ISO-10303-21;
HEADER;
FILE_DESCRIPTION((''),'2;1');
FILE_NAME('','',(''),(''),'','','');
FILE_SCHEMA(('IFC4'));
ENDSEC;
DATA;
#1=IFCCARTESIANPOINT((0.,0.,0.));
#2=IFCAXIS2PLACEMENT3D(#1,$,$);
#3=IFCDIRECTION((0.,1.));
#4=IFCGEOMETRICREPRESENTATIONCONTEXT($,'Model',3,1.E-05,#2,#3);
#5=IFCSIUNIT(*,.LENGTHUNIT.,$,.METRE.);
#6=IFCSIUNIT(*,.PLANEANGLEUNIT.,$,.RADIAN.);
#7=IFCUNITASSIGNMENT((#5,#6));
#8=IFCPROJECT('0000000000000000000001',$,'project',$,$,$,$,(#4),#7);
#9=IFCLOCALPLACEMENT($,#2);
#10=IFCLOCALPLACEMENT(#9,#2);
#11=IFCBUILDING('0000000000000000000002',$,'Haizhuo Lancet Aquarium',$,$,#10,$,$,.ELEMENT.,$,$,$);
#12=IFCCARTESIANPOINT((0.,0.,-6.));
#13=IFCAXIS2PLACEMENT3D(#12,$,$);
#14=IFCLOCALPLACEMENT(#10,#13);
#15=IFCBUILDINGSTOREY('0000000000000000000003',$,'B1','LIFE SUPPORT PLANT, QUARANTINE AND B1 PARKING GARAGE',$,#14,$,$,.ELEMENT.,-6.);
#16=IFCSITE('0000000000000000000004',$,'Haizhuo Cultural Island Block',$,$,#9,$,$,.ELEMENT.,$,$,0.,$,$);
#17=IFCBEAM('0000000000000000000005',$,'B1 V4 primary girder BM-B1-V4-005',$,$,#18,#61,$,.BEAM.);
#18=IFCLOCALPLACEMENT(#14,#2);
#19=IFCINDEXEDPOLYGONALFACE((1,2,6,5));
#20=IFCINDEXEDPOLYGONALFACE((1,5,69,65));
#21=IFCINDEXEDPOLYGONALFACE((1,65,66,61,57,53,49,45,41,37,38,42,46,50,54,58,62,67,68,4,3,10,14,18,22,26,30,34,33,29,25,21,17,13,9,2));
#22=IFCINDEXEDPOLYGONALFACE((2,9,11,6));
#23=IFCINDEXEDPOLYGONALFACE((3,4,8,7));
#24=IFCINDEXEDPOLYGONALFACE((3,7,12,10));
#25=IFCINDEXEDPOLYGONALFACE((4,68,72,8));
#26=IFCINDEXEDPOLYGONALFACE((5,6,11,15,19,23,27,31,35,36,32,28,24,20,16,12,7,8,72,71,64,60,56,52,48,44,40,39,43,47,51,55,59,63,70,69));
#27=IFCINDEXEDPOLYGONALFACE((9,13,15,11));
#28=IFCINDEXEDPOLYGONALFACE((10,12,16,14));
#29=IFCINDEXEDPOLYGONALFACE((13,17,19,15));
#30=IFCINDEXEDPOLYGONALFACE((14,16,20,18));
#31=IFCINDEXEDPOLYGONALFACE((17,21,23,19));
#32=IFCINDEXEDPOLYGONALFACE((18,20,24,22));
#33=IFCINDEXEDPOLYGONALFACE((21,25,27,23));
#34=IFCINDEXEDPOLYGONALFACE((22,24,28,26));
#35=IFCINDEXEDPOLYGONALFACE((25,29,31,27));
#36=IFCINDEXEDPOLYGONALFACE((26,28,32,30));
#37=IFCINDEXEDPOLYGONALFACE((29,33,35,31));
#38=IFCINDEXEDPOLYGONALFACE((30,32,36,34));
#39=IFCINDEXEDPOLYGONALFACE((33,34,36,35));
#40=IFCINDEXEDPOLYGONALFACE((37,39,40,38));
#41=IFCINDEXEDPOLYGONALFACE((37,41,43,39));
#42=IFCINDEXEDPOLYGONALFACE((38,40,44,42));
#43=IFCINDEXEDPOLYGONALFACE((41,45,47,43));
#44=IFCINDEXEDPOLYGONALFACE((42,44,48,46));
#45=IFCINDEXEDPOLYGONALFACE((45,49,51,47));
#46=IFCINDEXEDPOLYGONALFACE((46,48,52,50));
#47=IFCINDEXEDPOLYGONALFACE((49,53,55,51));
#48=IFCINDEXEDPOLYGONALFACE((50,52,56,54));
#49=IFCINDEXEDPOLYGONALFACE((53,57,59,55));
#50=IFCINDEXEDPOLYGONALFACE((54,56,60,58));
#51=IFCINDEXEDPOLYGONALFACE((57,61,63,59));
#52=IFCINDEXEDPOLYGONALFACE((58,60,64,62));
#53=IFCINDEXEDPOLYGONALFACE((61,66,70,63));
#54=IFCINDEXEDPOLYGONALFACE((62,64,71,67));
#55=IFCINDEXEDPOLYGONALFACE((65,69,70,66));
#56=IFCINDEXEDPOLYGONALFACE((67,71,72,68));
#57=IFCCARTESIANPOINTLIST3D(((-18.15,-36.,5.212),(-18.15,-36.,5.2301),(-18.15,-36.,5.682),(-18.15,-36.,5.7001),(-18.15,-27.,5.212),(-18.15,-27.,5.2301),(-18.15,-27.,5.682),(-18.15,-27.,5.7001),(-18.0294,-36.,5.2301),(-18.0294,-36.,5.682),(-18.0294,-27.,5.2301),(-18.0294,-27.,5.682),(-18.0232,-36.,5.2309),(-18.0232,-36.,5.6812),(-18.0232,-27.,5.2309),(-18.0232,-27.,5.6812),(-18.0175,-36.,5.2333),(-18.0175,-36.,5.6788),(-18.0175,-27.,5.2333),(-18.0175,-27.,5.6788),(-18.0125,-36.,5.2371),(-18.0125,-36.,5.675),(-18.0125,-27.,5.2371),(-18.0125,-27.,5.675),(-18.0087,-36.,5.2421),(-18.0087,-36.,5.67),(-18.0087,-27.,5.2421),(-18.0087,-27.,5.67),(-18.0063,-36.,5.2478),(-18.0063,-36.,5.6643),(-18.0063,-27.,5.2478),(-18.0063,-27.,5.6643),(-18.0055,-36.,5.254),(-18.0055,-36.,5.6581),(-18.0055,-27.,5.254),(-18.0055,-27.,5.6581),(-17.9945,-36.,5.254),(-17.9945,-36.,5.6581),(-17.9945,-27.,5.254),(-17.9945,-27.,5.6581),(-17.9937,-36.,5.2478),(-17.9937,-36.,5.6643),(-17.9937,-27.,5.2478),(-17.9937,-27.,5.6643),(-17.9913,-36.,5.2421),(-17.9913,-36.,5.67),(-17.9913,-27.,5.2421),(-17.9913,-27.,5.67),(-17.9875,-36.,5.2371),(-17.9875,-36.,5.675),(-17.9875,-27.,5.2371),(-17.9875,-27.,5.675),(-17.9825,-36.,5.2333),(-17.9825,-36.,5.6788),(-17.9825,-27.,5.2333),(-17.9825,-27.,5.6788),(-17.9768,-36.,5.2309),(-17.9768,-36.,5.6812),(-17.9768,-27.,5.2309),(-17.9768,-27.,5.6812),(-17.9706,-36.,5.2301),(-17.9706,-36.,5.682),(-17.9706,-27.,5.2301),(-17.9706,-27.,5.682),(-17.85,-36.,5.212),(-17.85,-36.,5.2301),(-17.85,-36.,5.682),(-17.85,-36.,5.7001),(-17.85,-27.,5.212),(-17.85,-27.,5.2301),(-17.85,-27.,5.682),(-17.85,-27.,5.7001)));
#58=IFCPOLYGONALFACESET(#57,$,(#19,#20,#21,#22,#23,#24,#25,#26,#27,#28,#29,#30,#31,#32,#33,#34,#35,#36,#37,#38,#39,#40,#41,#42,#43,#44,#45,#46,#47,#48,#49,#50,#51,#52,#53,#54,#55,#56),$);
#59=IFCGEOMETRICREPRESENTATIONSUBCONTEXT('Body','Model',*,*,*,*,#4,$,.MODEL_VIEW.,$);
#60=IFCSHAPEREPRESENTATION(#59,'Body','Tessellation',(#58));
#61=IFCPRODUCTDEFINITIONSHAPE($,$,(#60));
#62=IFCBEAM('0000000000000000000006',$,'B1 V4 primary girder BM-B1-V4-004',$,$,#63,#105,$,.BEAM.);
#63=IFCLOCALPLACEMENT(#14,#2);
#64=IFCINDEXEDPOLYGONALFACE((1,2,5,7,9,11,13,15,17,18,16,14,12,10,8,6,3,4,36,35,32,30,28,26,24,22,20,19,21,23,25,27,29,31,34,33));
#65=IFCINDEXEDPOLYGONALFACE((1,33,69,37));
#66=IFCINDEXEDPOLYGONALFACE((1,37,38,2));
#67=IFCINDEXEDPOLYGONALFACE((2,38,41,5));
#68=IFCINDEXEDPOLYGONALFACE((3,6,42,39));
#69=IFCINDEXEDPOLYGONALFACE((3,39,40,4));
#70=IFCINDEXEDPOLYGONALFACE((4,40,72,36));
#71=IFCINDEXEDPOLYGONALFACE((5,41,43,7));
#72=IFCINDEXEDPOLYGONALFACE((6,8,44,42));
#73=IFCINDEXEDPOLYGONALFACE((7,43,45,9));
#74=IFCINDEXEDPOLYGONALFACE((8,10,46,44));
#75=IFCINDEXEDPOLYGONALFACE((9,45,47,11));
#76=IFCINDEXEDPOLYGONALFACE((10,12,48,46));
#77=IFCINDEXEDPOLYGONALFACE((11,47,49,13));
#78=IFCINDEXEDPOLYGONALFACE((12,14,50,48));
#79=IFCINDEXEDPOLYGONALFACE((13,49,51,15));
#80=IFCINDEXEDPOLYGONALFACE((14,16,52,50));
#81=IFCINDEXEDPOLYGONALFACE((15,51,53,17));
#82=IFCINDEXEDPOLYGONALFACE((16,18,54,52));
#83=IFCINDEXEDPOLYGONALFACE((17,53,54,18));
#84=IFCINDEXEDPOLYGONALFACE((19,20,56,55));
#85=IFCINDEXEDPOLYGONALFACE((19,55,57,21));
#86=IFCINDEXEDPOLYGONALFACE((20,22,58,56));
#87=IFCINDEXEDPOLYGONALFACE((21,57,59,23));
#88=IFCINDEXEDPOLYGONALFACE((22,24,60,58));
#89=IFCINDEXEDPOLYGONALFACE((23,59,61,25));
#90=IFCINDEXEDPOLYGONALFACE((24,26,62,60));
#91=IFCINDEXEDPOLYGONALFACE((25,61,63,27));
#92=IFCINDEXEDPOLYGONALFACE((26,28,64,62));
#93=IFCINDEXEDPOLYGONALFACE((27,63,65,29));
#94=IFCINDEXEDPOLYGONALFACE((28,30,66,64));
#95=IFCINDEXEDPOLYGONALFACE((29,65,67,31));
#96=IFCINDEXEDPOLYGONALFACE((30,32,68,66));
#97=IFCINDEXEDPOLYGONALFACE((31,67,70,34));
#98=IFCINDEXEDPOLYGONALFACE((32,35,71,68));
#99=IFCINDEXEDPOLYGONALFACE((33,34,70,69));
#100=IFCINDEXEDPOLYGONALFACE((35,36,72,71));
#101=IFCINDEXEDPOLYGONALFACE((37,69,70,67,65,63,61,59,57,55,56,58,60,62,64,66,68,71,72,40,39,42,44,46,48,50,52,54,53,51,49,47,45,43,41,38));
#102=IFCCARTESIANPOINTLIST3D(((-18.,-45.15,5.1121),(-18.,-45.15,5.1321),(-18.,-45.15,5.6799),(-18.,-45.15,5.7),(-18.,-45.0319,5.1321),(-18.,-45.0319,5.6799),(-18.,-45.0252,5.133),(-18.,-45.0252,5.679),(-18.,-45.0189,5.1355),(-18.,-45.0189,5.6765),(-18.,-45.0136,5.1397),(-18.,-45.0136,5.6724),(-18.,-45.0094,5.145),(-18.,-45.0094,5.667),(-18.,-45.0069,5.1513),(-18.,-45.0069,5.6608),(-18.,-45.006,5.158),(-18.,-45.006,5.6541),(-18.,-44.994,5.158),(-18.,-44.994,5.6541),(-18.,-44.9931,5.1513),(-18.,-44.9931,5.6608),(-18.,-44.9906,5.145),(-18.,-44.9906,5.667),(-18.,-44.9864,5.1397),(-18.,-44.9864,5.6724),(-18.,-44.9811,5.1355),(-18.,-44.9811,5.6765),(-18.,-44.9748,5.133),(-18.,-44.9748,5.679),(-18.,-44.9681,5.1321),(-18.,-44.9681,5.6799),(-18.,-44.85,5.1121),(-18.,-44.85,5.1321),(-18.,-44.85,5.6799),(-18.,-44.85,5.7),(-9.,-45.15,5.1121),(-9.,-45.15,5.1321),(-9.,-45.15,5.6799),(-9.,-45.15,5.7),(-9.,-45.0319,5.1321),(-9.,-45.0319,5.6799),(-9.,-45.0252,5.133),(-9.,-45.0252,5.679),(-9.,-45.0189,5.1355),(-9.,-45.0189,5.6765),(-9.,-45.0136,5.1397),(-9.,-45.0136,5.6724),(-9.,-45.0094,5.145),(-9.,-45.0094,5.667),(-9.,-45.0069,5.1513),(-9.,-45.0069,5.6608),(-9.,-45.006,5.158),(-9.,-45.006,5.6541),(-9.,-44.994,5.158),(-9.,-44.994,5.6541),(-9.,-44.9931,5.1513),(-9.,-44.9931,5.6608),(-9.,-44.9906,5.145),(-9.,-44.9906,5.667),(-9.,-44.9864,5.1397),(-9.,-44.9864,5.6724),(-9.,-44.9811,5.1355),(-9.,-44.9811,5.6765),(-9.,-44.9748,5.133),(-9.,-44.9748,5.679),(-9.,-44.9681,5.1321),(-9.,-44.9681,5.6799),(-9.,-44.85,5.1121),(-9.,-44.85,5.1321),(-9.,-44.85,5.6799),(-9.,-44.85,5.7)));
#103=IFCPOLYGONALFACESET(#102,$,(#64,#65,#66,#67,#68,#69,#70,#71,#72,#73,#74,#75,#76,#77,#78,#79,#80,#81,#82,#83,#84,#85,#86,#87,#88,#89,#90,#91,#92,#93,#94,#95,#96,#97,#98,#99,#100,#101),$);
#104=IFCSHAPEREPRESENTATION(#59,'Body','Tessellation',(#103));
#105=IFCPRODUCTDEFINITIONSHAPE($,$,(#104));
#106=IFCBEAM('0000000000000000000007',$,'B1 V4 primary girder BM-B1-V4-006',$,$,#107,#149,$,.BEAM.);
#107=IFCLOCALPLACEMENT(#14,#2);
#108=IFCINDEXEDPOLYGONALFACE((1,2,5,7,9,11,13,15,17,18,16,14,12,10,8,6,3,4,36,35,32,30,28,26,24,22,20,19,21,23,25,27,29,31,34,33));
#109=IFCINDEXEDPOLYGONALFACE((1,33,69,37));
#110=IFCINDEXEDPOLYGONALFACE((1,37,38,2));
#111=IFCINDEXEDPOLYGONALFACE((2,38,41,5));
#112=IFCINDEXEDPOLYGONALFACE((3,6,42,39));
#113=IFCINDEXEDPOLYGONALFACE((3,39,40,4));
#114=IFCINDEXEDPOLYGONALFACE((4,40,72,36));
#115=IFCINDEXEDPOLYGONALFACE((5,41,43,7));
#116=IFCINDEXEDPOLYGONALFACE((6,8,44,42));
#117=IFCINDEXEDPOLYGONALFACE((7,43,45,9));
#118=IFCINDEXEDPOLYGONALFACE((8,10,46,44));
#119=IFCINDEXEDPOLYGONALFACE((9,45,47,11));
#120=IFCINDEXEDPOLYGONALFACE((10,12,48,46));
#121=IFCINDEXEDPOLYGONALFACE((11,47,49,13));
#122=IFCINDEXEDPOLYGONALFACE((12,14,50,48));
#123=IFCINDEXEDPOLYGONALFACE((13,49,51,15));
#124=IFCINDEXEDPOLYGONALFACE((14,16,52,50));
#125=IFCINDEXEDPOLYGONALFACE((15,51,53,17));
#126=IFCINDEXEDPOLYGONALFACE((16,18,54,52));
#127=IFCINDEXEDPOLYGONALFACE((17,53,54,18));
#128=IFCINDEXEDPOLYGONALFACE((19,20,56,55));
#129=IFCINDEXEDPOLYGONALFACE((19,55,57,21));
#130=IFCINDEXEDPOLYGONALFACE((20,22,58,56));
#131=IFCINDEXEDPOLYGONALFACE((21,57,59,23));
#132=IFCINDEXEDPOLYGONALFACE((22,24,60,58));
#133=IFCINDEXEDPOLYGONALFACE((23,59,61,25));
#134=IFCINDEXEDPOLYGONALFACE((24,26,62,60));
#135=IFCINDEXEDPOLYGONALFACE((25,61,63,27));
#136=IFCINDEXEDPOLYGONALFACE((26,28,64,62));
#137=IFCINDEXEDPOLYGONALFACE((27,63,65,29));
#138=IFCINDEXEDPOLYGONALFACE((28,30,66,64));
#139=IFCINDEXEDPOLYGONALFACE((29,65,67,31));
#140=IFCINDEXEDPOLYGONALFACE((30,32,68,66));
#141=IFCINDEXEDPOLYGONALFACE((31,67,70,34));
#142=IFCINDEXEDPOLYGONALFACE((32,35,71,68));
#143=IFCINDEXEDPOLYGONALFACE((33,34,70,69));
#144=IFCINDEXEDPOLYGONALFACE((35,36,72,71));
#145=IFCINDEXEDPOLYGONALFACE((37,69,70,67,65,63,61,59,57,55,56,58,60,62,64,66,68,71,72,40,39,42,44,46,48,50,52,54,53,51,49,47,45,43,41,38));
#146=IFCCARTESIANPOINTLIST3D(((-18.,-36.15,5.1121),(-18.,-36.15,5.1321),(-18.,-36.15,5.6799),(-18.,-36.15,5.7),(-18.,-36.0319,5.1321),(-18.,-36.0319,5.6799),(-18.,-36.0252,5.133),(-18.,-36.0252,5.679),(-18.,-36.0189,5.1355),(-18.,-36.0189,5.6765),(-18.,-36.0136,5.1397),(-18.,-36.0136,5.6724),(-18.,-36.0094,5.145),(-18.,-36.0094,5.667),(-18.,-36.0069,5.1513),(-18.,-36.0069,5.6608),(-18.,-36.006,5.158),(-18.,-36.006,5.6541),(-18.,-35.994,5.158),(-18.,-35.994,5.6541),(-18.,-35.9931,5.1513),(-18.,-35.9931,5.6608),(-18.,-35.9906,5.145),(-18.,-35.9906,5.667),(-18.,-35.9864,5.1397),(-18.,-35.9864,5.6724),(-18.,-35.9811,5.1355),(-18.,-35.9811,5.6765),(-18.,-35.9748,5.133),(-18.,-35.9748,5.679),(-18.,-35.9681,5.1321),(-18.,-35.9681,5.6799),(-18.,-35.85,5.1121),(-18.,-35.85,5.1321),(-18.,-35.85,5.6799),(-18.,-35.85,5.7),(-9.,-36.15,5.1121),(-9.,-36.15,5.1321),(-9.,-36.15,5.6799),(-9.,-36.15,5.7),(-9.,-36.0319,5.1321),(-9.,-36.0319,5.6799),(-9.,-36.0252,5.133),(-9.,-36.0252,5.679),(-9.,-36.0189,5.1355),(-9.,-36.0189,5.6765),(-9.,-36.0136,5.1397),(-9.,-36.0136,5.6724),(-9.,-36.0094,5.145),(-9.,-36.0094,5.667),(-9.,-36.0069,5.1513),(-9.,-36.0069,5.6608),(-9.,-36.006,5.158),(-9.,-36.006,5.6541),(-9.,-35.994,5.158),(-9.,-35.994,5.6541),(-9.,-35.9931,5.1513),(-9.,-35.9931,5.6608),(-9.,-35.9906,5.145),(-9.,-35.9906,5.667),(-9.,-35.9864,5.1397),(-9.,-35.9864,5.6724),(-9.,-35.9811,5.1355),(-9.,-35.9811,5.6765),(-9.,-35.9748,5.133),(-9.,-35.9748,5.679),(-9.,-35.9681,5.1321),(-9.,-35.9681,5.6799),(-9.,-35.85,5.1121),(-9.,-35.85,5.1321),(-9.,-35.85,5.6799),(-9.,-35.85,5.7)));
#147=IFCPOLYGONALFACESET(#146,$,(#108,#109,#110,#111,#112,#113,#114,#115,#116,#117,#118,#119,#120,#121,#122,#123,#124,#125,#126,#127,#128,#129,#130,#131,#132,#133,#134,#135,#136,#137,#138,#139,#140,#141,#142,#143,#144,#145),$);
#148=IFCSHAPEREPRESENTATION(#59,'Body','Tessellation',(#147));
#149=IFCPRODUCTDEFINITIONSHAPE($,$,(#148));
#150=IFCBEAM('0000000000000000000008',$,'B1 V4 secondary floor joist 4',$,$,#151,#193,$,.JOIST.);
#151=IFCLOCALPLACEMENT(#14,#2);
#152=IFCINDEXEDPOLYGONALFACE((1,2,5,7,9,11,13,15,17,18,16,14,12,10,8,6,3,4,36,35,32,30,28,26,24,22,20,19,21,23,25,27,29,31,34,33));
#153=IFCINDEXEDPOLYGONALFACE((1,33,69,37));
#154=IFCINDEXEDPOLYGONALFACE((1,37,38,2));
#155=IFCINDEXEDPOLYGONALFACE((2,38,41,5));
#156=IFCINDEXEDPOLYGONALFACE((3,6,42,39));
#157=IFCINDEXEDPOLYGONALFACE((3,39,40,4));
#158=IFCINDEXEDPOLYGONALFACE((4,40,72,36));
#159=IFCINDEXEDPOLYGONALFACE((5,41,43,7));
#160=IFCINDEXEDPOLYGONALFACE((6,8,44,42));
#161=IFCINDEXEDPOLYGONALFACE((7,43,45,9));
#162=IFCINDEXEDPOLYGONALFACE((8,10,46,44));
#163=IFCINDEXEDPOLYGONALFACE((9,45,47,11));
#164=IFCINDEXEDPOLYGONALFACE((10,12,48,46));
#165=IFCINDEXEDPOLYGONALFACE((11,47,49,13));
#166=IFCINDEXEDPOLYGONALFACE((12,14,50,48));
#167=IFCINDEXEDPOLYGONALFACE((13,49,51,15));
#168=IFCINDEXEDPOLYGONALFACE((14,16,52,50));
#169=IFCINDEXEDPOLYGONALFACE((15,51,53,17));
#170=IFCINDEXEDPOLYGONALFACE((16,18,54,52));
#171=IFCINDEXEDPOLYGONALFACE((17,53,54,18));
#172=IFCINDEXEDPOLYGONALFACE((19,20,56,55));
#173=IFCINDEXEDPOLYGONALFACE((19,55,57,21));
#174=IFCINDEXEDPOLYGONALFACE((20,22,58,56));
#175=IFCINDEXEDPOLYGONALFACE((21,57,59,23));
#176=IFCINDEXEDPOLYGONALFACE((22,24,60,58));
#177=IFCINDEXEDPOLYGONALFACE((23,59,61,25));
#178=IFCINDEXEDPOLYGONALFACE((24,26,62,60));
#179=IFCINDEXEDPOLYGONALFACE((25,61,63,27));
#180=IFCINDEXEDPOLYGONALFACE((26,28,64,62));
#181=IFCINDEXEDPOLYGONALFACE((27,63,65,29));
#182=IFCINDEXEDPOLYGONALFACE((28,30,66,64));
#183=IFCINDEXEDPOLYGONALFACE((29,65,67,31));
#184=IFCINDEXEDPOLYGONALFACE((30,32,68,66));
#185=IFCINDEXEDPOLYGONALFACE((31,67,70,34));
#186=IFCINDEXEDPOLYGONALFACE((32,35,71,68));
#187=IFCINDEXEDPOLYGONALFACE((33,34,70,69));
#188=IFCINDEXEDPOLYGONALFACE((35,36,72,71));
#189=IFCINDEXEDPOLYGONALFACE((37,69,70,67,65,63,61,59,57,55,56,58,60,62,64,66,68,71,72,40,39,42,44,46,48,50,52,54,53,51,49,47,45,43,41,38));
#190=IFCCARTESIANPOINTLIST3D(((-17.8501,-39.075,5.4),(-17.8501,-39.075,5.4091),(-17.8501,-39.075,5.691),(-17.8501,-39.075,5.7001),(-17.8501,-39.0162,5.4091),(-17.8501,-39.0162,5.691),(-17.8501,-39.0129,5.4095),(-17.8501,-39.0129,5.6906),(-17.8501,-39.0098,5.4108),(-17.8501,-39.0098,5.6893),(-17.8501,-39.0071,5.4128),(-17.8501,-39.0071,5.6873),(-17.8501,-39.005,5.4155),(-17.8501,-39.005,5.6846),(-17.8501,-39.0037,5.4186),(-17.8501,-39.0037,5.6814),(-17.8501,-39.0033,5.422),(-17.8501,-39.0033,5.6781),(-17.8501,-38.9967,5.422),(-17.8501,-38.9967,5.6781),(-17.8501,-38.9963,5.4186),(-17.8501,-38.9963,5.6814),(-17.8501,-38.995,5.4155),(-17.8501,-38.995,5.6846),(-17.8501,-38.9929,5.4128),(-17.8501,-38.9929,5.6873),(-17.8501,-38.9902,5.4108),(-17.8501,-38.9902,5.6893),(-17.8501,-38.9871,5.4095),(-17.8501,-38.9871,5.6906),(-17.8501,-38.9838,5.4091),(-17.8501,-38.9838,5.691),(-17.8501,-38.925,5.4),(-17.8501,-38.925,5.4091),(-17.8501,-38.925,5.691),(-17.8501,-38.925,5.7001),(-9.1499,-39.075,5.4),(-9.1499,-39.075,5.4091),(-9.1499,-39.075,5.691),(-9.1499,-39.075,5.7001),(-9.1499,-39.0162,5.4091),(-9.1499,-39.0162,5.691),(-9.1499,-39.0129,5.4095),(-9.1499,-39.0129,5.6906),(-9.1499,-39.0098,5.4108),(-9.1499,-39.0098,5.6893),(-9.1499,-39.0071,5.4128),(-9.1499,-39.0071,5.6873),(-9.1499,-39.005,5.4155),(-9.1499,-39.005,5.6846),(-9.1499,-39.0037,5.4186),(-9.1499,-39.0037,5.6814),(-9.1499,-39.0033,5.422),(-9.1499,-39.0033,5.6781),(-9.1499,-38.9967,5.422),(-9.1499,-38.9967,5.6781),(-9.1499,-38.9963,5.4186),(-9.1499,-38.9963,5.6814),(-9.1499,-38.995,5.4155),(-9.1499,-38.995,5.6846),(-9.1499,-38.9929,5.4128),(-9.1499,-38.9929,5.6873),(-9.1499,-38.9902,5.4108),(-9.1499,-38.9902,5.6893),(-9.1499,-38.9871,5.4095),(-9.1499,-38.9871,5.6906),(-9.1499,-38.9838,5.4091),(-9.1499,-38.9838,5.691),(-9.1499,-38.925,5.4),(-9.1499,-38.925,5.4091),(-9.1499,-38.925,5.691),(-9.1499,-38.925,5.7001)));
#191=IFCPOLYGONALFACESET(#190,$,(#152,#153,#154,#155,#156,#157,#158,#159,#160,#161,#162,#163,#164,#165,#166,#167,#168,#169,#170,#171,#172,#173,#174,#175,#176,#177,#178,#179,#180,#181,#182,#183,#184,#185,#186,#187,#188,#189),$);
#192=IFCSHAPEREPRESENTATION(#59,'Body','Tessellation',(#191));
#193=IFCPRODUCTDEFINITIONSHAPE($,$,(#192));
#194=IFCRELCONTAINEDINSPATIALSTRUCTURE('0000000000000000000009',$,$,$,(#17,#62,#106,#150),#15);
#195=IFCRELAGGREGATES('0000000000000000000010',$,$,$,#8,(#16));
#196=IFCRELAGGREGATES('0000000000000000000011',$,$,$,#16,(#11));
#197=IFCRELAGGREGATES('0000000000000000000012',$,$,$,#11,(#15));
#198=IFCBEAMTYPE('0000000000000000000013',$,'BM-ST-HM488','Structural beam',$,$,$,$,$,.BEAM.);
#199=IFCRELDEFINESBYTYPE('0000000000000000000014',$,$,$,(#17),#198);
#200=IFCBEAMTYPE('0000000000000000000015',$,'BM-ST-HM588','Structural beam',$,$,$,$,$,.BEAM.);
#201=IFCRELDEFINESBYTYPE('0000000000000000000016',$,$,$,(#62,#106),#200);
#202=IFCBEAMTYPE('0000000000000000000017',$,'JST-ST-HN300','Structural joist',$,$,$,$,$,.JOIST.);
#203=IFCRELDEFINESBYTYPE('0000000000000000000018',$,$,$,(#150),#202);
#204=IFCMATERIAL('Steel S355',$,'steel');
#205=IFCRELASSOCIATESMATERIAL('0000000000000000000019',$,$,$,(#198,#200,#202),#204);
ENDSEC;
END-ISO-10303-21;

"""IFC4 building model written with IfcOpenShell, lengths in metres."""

from ifc_helpers import new_model, si_unit, direction, frame, origin, origin_2d, place, context, subcontext, project, spatial, i_section, extrude, material, material_profile, profile_set, type_object, element, save


model = new_model("IFC4")

# Units and contexts
model_context = context("Model", 3, precision=1e-05, world=origin(), true_north=direction((0.0, 1.0)))
body_context = subcontext(model_context, "Body", "Model", "MODEL_VIEW")
ifc_project = project(units=[si_unit("LENGTHUNIT", "METRE"), si_unit("PLANEANGLEUNIT", "RADIAN")], contexts=[model_context])

# Site, building, storey
site_placement = place(None, origin())
site = spatial("IfcSite", under=ifc_project, at=site_placement, Name="Haizhuo Cultural Island Block", CompositionType="ELEMENT", RefElevation=0.0)
building_placement = place(site_placement, origin())
building = spatial("IfcBuilding", under=site, at=building_placement, Name="Haizhuo Lancet Aquarium", CompositionType="ELEMENT")
storey_placement = place(building_placement, frame((0.0, 0.0, -6.0)))
storey = spatial("IfcBuildingStorey", under=building, at=storey_placement, Name="B1", Description="LIFE SUPPORT PLANT, QUARANTINE AND B1 PARKING GARAGE", CompositionType="ELEMENT", Elevation=-6.0)

# Beams
ifc_material_1 = material(Name="Steel S355", Category="steel")
ifc_material_profile_1 = material_profile(ifc_material_1, i_section(OverallWidth=0.3, OverallDepth=0.488, WebThickness=0.011, FlangeThickness=0.0181, FilletRadius=0.0239, at=origin_2d()), Name="HM 488x300x11x18")
ifc_profile_set_1 = profile_set([ifc_material_profile_1], Name="Steel S355")
beam_type_1 = type_object("IfcBeamType", Name="BM-ST-HM488", Description="Structural beam", PredefinedType="BEAM", material=ifc_profile_set_1)
beam_1_placement = place(storey_placement, frame((-18.0, -36.0, 5.4561), z_axis=(0.0, 1.0, 0.0), x_axis=(-1.0, 0.0, 0.0)))
element("IfcBeam", 1, at=beam_1_placement, inside=storey, type_object=beam_type_1, Name="B1 V4 primary girder BM-B1-V4-005", PredefinedType="BEAM", context=body_context, shape_type="SweptSolid", body=[
    extrude(i_section(OverallWidth=0.3, OverallDepth=0.488, WebThickness=0.011, FlangeThickness=0.0181, FilletRadius=0.0239, at=origin_2d()), origin(), (0.0, 0.0, 1.0), 9.0),
])
ifc_material_profile_2 = material_profile(ifc_material_1, i_section(OverallWidth=0.3, OverallDepth=0.5879, WebThickness=0.012, FlangeThickness=0.02, FilletRadius=0.0259, at=origin_2d()), Name="HM 588x300x12x20")
ifc_profile_set_2 = profile_set([ifc_material_profile_2], Name="Steel S355")
beam_type_2 = type_object("IfcBeamType", Name="BM-ST-HM588", Description="Structural beam", PredefinedType="BEAM", material=ifc_profile_set_2)
for number, where, z_axis, x_axis, name in (
    (2, (-18.0, -45.0, 5.406), (1.0, 0.0, 0.0), (0.0, 1.0, 0.0), "B1 V4 primary girder BM-B1-V4-004"),
    (3, (-18.0, -36.0, 5.406), (1.0, 0.0, 0.0), (0.0, 1.0, 0.0), "B1 V4 primary girder BM-B1-V4-006"),
):
    element("IfcBeam", number, at=place(storey_placement, frame(where, z_axis=z_axis, x_axis=x_axis)), inside=storey, type_object=beam_type_2, Name=name, PredefinedType="BEAM", context=body_context, shape_type="SweptSolid", body=[
        extrude(i_section(OverallWidth=0.3, OverallDepth=0.5879, WebThickness=0.012, FlangeThickness=0.02, FilletRadius=0.0259, at=origin_2d()), origin(), (0.0, 0.0, 1.0), 9.0),
    ])
ifc_material_profile_3 = material_profile(ifc_material_1, i_section(OverallWidth=0.1499, OverallDepth=0.3, WebThickness=0.0066, FlangeThickness=0.009, FilletRadius=0.0129, at=origin_2d()), Name="HN 300x150x6.5x9")
ifc_profile_set_3 = profile_set([ifc_material_profile_3], Name="Steel S355")
beam_type_3 = type_object("IfcBeamType", Name="JST-ST-HN300", Description="Structural joist", PredefinedType="JOIST", material=ifc_profile_set_3)
beam_2_placement = place(storey_placement, frame((-17.8501, -39.0, 5.55), z_axis=(1.0, 0.0, 0.0), x_axis=(0.0, 1.0, 0.0)))
element("IfcBeam", 4, at=beam_2_placement, inside=storey, type_object=beam_type_3, Name="B1 V4 secondary floor joist 4", PredefinedType="JOIST", context=body_context, shape_type="SweptSolid", body=[
    extrude(i_section(OverallWidth=0.1499, OverallDepth=0.3, WebThickness=0.0066, FlangeThickness=0.009, FilletRadius=0.0129, at=origin_2d()), origin(), (0.0, 0.0, 1.0), 8.7002),
])

save(model, "model.ifc")
